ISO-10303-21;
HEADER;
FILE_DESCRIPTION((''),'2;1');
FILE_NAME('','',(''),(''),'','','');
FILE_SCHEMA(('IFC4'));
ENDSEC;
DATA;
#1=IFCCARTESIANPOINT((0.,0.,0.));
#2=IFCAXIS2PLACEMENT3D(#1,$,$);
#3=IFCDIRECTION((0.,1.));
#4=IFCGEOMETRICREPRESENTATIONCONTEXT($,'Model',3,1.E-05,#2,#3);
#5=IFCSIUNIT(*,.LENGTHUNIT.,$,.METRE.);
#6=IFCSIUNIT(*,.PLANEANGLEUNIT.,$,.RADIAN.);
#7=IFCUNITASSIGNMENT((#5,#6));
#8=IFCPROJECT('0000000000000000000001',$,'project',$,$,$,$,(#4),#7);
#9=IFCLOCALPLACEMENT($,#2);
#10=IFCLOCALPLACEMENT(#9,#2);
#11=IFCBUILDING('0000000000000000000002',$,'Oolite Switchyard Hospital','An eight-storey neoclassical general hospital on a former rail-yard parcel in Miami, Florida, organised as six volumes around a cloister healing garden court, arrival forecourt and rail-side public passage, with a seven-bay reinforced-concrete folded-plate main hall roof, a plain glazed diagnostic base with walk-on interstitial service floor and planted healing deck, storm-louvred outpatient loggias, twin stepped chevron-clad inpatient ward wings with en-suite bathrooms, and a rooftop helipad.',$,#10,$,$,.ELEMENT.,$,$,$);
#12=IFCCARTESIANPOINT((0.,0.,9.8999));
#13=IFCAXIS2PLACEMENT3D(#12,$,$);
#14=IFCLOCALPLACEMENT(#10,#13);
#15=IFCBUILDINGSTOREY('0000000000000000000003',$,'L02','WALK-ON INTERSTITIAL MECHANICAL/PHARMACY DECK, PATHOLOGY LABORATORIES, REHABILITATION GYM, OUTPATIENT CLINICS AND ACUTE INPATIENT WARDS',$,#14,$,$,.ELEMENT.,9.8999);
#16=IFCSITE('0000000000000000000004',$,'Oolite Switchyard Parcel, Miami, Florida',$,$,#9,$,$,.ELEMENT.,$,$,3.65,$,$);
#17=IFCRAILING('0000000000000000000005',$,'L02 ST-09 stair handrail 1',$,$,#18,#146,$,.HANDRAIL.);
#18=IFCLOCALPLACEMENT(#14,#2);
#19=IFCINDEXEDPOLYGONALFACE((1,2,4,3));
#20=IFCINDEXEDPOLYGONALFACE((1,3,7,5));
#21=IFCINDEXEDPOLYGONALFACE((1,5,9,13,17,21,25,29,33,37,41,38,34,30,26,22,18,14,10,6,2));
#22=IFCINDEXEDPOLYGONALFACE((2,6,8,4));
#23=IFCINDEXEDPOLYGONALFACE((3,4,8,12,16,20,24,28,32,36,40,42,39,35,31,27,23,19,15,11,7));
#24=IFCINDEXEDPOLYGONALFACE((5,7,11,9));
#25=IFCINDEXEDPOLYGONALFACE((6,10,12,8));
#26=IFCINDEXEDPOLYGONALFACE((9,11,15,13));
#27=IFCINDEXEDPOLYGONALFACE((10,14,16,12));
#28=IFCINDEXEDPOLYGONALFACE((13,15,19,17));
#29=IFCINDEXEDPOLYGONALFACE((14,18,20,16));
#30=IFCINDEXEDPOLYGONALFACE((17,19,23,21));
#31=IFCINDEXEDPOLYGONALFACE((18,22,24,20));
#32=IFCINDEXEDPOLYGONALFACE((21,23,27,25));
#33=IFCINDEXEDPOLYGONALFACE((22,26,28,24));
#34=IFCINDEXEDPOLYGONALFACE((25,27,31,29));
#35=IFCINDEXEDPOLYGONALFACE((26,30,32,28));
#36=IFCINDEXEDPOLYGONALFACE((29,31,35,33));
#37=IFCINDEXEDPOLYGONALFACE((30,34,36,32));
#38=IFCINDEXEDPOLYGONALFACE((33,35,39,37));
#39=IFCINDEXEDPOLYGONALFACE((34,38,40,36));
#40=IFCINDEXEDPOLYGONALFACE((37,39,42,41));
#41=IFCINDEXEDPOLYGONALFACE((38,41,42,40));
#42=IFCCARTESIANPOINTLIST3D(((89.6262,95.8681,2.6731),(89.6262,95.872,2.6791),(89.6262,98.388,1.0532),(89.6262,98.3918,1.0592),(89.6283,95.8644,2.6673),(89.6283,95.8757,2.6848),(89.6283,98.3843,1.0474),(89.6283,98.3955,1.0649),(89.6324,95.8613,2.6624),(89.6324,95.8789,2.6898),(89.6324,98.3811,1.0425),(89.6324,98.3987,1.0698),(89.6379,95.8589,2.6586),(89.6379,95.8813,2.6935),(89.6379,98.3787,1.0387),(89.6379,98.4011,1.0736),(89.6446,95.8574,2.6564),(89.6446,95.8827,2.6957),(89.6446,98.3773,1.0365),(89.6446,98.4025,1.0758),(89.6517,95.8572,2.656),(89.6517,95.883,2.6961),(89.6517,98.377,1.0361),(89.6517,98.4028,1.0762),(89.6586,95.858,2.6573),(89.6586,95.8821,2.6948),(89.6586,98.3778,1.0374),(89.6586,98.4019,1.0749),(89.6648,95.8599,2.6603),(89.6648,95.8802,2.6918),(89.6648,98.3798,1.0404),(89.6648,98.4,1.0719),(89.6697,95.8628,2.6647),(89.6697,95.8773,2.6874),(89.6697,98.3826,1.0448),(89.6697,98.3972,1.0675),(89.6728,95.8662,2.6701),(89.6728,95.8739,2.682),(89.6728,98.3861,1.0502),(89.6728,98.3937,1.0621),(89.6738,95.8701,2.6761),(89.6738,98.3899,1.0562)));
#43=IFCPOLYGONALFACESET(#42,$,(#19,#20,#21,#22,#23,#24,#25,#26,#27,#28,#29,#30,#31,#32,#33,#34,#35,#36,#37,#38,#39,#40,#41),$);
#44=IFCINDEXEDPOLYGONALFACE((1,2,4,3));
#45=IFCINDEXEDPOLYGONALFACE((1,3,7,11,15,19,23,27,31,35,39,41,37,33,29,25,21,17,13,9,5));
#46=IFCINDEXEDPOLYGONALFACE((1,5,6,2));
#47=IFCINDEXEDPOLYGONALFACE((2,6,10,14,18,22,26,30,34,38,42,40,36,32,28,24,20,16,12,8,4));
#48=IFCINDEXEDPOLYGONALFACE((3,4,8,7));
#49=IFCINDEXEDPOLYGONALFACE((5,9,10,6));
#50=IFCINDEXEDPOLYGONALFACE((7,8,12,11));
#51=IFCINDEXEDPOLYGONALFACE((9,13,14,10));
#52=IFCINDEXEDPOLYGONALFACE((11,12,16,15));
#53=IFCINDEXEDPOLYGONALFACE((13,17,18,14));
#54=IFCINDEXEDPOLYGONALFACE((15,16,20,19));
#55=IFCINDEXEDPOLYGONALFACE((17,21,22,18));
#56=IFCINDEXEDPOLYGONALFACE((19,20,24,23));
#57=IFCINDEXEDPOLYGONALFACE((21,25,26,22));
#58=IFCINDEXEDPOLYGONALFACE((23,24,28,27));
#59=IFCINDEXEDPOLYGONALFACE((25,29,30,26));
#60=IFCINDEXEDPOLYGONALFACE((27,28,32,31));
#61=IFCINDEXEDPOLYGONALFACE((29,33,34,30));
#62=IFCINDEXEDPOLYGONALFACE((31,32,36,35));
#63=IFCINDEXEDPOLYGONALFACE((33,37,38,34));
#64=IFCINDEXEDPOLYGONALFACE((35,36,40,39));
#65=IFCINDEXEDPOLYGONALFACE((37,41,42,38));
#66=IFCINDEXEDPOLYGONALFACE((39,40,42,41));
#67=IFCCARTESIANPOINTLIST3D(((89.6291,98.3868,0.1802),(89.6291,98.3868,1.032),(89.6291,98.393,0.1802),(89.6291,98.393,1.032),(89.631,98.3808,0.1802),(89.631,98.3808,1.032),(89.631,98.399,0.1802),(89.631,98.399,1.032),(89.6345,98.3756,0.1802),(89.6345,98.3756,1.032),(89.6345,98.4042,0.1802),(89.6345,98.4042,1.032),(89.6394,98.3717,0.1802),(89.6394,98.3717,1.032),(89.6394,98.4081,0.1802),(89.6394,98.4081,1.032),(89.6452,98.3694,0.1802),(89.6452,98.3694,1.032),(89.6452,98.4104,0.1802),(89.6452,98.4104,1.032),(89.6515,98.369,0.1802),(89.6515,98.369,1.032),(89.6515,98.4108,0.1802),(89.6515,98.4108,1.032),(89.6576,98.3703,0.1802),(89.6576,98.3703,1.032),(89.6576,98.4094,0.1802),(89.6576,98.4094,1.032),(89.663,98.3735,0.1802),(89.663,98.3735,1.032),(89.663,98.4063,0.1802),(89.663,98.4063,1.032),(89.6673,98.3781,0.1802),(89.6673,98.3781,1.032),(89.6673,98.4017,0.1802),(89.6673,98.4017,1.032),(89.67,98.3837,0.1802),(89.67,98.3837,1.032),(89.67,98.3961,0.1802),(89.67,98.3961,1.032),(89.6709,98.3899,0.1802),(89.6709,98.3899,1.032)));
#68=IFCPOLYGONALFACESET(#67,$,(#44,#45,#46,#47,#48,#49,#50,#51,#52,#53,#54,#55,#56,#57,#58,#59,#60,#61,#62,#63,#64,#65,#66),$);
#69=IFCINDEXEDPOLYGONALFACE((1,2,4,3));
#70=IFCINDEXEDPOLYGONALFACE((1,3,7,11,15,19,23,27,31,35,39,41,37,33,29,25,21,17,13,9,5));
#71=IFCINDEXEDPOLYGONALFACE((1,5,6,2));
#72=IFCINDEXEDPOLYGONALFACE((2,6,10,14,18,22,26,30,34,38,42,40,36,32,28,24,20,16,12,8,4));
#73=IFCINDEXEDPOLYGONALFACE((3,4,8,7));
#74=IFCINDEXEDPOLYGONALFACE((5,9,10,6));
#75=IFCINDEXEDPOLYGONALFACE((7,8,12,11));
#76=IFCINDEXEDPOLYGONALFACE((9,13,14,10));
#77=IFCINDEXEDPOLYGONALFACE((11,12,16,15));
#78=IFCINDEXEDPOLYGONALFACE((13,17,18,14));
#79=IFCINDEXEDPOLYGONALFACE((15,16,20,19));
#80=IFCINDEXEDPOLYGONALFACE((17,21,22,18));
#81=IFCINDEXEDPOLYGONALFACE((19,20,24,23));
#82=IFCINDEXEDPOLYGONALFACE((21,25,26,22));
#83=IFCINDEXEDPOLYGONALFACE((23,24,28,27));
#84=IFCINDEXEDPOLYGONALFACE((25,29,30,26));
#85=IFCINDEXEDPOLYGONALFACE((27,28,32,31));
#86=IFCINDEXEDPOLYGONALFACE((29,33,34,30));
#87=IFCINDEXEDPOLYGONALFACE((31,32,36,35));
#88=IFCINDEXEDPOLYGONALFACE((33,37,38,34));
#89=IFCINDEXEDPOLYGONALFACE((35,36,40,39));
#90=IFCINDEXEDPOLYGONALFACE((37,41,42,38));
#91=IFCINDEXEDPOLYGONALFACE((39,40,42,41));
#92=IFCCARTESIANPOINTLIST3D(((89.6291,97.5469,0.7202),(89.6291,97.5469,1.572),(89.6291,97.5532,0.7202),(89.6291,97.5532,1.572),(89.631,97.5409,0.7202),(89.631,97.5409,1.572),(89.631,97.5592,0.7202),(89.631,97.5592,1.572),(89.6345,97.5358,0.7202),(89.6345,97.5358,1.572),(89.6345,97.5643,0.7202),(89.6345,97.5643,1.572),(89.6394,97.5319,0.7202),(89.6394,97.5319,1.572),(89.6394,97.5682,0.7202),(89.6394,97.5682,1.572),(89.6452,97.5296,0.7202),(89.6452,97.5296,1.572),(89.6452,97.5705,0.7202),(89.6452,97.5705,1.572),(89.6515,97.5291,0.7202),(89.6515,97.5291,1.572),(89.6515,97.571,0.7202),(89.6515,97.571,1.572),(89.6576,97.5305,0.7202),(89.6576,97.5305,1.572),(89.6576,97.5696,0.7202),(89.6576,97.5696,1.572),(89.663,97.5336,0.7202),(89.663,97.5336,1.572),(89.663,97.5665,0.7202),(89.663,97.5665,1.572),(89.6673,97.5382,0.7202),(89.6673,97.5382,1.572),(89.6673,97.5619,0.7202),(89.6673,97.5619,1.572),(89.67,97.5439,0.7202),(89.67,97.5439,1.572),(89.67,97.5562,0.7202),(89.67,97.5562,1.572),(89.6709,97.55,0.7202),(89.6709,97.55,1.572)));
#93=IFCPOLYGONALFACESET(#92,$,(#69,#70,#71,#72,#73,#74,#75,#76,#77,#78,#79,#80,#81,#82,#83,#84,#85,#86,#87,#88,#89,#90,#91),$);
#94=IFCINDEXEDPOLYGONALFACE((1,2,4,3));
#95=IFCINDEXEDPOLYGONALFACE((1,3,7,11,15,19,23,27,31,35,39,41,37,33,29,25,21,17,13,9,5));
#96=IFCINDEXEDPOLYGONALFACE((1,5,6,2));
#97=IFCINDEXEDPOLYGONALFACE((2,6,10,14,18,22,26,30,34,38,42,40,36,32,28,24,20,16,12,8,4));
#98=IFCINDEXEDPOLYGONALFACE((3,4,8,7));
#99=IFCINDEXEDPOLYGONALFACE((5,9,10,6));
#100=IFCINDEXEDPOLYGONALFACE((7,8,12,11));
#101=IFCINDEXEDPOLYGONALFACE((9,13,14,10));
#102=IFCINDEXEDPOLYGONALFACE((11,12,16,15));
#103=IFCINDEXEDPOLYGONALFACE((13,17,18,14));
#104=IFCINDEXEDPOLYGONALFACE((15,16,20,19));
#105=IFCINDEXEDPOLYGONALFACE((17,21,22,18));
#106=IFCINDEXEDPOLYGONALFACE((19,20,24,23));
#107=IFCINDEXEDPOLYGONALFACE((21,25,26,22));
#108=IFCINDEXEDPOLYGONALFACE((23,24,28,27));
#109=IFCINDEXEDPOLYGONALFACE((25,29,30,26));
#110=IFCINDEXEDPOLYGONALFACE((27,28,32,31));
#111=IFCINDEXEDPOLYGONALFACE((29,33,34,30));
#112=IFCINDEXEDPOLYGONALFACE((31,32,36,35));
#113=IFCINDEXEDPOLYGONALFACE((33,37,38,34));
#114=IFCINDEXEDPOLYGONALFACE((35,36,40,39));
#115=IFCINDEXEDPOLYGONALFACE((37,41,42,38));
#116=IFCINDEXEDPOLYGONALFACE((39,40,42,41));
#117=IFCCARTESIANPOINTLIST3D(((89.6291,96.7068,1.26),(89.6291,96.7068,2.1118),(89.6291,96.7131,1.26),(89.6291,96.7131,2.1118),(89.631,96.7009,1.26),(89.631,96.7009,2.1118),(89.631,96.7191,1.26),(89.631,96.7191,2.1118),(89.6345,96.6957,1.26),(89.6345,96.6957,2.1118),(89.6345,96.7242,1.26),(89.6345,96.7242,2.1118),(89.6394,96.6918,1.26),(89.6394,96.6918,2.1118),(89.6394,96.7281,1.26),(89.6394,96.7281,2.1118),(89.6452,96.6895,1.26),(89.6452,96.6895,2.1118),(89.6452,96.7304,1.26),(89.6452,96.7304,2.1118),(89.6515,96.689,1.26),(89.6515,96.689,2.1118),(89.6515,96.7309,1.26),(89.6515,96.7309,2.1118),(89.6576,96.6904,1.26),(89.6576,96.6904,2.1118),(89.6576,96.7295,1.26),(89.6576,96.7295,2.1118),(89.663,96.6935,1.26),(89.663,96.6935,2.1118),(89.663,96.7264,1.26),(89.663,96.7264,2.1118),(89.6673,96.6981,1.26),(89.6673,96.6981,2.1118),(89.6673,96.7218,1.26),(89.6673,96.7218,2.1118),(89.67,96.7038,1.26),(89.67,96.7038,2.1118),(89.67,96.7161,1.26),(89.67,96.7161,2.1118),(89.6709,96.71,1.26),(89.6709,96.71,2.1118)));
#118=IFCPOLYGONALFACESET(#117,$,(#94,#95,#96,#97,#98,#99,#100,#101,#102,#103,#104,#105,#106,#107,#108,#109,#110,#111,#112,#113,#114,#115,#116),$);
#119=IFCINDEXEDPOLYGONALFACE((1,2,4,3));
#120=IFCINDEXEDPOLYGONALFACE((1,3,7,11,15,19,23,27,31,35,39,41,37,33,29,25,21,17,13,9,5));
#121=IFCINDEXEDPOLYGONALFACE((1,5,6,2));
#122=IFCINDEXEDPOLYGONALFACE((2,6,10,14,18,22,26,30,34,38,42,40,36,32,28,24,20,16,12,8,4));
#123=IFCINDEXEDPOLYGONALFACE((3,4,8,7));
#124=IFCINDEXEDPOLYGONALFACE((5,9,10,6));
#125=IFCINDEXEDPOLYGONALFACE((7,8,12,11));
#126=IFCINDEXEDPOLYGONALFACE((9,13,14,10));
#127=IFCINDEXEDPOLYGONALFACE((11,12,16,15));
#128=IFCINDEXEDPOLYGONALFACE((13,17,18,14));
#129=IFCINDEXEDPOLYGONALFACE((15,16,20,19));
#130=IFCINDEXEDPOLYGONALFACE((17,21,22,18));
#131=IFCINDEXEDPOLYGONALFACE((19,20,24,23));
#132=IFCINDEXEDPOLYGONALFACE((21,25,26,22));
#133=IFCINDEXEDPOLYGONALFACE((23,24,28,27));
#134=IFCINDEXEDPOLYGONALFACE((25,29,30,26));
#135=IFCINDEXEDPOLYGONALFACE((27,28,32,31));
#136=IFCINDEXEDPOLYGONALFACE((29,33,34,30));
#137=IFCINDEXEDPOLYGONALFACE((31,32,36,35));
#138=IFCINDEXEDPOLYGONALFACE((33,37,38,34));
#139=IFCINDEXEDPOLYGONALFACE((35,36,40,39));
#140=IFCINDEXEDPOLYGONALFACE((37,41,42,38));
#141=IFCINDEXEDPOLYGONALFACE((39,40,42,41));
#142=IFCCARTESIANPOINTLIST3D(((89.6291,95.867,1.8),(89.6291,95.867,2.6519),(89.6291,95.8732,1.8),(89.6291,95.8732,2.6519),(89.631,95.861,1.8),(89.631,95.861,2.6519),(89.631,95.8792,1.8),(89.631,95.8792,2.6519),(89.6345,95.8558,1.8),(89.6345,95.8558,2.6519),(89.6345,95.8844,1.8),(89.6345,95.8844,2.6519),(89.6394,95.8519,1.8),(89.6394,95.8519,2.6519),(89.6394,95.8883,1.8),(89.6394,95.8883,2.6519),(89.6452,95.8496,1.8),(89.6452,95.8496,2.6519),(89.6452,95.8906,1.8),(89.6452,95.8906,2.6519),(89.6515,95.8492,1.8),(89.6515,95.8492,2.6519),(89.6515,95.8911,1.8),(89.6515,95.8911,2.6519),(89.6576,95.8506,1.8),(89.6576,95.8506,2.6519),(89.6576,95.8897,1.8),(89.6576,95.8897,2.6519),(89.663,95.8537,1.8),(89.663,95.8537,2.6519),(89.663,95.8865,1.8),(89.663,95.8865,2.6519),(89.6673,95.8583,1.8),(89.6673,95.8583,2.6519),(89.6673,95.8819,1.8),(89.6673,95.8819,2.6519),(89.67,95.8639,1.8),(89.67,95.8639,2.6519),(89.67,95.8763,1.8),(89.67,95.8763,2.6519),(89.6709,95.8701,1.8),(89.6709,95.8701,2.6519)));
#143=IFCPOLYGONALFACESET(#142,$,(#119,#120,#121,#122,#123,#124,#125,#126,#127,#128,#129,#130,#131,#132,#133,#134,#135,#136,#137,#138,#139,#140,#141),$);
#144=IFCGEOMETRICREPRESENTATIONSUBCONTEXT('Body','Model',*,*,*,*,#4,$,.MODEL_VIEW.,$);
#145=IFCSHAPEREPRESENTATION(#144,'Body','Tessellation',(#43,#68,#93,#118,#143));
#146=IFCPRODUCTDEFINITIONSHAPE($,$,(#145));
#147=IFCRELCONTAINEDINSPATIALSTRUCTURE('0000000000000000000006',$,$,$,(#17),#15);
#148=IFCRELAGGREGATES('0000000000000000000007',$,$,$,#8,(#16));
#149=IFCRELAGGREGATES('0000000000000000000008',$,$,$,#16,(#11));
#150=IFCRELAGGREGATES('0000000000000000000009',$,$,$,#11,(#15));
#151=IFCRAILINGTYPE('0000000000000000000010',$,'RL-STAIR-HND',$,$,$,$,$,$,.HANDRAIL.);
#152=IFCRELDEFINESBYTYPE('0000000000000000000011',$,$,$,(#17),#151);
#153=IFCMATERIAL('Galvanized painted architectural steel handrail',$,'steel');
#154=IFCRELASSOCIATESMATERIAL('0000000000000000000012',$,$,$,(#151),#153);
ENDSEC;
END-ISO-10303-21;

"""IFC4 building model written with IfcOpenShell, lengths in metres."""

from ifc_helpers import new_model, si_unit, direction, frame, origin, origin_2d, place, context, subcontext, project, spatial, circle, extrude, material, type_object, element, save


model = new_model("IFC4")

# Units and contexts
model_context = context("Model", 3, precision=1e-05, world=origin(), true_north=direction((0.0, 1.0)))
body_context = subcontext(model_context, "Body", "Model", "MODEL_VIEW")
ifc_project = project(units=[si_unit("LENGTHUNIT", "METRE"), si_unit("PLANEANGLEUNIT", "RADIAN")], contexts=[model_context])

# Site, building, storey
site_placement = place(None, origin())
site = spatial("IfcSite", under=ifc_project, at=site_placement, Name="Oolite Switchyard Parcel, Miami, Florida", CompositionType="ELEMENT", RefElevation=3.65)
building_placement = place(site_placement, origin())
building = spatial("IfcBuilding", under=site, at=building_placement, Name="Oolite Switchyard Hospital", Description="An eight-storey neoclassical general hospital on a former rail-yard parcel in Miami, Florida, organised as six volumes around a cloister healing garden court, arrival forecourt and rail-side public passage, with a seven-bay reinforced-concrete folded-plate main hall roof, a plain glazed diagnostic base with walk-on interstitial service floor and planted healing deck, storm-louvred outpatient loggias, twin stepped chevron-clad inpatient ward wings with en-suite bathrooms, and a rooftop helipad.", CompositionType="ELEMENT")
storey_placement = place(building_placement, frame((0.0, 0.0, 9.8999)))
storey = spatial("IfcBuildingStorey", under=building, at=storey_placement, Name="L02", Description="WALK-ON INTERSTITIAL MECHANICAL/PHARMACY DECK, PATHOLOGY LABORATORIES, REHABILITATION GYM, OUTPATIENT CLINICS AND ACUTE INPATIENT WARDS", CompositionType="ELEMENT", Elevation=9.8999)

# Railing
ifc_material_1 = material(Name="Galvanized painted architectural steel handrail", Category="steel")
railing_type_1 = type_object("IfcRailingType", Name="RL-STAIR-HND", PredefinedType="HANDRAIL", material=ifc_material_1)
railing_1_placement = place(storey_placement, frame((89.6499, 98.3899, 0.1802)))
element("IfcRailing", 1, at=railing_1_placement, inside=storey, type_object=railing_type_1, Name="L02 ST-09 stair handrail 1", PredefinedType="HANDRAIL", context=body_context, shape_type="SweptSolid", body=[
    extrude(circle(Radius=0.0239, at=origin_2d()), frame((0.0, 0.0, 0.876), z_axis=(0.0, -0.841176, 0.540762), x_axis=(1.0, 0.0, 0.0)), (0.0, 0.0, 1.0), 2.9956),
    extrude(circle(Radius=0.021, at=origin_2d()), origin(), (0.0, 0.0, 1.0), 0.8518),
    extrude(circle(Radius=0.021, at=origin_2d()), frame((0.0, -0.8398, 0.54)), (0.0, 0.0, 1.0), 0.8518),
    extrude(circle(Radius=0.021, at=origin_2d()), frame((0.0, -1.6799, 1.0798)), (0.0, 0.0, 1.0), 0.8518),
    extrude(circle(Radius=0.021, at=origin_2d()), frame((0.0, -2.5198, 1.6199)), (0.0, 0.0, 1.0), 0.8518),
])

save(model, "model.ifc")
